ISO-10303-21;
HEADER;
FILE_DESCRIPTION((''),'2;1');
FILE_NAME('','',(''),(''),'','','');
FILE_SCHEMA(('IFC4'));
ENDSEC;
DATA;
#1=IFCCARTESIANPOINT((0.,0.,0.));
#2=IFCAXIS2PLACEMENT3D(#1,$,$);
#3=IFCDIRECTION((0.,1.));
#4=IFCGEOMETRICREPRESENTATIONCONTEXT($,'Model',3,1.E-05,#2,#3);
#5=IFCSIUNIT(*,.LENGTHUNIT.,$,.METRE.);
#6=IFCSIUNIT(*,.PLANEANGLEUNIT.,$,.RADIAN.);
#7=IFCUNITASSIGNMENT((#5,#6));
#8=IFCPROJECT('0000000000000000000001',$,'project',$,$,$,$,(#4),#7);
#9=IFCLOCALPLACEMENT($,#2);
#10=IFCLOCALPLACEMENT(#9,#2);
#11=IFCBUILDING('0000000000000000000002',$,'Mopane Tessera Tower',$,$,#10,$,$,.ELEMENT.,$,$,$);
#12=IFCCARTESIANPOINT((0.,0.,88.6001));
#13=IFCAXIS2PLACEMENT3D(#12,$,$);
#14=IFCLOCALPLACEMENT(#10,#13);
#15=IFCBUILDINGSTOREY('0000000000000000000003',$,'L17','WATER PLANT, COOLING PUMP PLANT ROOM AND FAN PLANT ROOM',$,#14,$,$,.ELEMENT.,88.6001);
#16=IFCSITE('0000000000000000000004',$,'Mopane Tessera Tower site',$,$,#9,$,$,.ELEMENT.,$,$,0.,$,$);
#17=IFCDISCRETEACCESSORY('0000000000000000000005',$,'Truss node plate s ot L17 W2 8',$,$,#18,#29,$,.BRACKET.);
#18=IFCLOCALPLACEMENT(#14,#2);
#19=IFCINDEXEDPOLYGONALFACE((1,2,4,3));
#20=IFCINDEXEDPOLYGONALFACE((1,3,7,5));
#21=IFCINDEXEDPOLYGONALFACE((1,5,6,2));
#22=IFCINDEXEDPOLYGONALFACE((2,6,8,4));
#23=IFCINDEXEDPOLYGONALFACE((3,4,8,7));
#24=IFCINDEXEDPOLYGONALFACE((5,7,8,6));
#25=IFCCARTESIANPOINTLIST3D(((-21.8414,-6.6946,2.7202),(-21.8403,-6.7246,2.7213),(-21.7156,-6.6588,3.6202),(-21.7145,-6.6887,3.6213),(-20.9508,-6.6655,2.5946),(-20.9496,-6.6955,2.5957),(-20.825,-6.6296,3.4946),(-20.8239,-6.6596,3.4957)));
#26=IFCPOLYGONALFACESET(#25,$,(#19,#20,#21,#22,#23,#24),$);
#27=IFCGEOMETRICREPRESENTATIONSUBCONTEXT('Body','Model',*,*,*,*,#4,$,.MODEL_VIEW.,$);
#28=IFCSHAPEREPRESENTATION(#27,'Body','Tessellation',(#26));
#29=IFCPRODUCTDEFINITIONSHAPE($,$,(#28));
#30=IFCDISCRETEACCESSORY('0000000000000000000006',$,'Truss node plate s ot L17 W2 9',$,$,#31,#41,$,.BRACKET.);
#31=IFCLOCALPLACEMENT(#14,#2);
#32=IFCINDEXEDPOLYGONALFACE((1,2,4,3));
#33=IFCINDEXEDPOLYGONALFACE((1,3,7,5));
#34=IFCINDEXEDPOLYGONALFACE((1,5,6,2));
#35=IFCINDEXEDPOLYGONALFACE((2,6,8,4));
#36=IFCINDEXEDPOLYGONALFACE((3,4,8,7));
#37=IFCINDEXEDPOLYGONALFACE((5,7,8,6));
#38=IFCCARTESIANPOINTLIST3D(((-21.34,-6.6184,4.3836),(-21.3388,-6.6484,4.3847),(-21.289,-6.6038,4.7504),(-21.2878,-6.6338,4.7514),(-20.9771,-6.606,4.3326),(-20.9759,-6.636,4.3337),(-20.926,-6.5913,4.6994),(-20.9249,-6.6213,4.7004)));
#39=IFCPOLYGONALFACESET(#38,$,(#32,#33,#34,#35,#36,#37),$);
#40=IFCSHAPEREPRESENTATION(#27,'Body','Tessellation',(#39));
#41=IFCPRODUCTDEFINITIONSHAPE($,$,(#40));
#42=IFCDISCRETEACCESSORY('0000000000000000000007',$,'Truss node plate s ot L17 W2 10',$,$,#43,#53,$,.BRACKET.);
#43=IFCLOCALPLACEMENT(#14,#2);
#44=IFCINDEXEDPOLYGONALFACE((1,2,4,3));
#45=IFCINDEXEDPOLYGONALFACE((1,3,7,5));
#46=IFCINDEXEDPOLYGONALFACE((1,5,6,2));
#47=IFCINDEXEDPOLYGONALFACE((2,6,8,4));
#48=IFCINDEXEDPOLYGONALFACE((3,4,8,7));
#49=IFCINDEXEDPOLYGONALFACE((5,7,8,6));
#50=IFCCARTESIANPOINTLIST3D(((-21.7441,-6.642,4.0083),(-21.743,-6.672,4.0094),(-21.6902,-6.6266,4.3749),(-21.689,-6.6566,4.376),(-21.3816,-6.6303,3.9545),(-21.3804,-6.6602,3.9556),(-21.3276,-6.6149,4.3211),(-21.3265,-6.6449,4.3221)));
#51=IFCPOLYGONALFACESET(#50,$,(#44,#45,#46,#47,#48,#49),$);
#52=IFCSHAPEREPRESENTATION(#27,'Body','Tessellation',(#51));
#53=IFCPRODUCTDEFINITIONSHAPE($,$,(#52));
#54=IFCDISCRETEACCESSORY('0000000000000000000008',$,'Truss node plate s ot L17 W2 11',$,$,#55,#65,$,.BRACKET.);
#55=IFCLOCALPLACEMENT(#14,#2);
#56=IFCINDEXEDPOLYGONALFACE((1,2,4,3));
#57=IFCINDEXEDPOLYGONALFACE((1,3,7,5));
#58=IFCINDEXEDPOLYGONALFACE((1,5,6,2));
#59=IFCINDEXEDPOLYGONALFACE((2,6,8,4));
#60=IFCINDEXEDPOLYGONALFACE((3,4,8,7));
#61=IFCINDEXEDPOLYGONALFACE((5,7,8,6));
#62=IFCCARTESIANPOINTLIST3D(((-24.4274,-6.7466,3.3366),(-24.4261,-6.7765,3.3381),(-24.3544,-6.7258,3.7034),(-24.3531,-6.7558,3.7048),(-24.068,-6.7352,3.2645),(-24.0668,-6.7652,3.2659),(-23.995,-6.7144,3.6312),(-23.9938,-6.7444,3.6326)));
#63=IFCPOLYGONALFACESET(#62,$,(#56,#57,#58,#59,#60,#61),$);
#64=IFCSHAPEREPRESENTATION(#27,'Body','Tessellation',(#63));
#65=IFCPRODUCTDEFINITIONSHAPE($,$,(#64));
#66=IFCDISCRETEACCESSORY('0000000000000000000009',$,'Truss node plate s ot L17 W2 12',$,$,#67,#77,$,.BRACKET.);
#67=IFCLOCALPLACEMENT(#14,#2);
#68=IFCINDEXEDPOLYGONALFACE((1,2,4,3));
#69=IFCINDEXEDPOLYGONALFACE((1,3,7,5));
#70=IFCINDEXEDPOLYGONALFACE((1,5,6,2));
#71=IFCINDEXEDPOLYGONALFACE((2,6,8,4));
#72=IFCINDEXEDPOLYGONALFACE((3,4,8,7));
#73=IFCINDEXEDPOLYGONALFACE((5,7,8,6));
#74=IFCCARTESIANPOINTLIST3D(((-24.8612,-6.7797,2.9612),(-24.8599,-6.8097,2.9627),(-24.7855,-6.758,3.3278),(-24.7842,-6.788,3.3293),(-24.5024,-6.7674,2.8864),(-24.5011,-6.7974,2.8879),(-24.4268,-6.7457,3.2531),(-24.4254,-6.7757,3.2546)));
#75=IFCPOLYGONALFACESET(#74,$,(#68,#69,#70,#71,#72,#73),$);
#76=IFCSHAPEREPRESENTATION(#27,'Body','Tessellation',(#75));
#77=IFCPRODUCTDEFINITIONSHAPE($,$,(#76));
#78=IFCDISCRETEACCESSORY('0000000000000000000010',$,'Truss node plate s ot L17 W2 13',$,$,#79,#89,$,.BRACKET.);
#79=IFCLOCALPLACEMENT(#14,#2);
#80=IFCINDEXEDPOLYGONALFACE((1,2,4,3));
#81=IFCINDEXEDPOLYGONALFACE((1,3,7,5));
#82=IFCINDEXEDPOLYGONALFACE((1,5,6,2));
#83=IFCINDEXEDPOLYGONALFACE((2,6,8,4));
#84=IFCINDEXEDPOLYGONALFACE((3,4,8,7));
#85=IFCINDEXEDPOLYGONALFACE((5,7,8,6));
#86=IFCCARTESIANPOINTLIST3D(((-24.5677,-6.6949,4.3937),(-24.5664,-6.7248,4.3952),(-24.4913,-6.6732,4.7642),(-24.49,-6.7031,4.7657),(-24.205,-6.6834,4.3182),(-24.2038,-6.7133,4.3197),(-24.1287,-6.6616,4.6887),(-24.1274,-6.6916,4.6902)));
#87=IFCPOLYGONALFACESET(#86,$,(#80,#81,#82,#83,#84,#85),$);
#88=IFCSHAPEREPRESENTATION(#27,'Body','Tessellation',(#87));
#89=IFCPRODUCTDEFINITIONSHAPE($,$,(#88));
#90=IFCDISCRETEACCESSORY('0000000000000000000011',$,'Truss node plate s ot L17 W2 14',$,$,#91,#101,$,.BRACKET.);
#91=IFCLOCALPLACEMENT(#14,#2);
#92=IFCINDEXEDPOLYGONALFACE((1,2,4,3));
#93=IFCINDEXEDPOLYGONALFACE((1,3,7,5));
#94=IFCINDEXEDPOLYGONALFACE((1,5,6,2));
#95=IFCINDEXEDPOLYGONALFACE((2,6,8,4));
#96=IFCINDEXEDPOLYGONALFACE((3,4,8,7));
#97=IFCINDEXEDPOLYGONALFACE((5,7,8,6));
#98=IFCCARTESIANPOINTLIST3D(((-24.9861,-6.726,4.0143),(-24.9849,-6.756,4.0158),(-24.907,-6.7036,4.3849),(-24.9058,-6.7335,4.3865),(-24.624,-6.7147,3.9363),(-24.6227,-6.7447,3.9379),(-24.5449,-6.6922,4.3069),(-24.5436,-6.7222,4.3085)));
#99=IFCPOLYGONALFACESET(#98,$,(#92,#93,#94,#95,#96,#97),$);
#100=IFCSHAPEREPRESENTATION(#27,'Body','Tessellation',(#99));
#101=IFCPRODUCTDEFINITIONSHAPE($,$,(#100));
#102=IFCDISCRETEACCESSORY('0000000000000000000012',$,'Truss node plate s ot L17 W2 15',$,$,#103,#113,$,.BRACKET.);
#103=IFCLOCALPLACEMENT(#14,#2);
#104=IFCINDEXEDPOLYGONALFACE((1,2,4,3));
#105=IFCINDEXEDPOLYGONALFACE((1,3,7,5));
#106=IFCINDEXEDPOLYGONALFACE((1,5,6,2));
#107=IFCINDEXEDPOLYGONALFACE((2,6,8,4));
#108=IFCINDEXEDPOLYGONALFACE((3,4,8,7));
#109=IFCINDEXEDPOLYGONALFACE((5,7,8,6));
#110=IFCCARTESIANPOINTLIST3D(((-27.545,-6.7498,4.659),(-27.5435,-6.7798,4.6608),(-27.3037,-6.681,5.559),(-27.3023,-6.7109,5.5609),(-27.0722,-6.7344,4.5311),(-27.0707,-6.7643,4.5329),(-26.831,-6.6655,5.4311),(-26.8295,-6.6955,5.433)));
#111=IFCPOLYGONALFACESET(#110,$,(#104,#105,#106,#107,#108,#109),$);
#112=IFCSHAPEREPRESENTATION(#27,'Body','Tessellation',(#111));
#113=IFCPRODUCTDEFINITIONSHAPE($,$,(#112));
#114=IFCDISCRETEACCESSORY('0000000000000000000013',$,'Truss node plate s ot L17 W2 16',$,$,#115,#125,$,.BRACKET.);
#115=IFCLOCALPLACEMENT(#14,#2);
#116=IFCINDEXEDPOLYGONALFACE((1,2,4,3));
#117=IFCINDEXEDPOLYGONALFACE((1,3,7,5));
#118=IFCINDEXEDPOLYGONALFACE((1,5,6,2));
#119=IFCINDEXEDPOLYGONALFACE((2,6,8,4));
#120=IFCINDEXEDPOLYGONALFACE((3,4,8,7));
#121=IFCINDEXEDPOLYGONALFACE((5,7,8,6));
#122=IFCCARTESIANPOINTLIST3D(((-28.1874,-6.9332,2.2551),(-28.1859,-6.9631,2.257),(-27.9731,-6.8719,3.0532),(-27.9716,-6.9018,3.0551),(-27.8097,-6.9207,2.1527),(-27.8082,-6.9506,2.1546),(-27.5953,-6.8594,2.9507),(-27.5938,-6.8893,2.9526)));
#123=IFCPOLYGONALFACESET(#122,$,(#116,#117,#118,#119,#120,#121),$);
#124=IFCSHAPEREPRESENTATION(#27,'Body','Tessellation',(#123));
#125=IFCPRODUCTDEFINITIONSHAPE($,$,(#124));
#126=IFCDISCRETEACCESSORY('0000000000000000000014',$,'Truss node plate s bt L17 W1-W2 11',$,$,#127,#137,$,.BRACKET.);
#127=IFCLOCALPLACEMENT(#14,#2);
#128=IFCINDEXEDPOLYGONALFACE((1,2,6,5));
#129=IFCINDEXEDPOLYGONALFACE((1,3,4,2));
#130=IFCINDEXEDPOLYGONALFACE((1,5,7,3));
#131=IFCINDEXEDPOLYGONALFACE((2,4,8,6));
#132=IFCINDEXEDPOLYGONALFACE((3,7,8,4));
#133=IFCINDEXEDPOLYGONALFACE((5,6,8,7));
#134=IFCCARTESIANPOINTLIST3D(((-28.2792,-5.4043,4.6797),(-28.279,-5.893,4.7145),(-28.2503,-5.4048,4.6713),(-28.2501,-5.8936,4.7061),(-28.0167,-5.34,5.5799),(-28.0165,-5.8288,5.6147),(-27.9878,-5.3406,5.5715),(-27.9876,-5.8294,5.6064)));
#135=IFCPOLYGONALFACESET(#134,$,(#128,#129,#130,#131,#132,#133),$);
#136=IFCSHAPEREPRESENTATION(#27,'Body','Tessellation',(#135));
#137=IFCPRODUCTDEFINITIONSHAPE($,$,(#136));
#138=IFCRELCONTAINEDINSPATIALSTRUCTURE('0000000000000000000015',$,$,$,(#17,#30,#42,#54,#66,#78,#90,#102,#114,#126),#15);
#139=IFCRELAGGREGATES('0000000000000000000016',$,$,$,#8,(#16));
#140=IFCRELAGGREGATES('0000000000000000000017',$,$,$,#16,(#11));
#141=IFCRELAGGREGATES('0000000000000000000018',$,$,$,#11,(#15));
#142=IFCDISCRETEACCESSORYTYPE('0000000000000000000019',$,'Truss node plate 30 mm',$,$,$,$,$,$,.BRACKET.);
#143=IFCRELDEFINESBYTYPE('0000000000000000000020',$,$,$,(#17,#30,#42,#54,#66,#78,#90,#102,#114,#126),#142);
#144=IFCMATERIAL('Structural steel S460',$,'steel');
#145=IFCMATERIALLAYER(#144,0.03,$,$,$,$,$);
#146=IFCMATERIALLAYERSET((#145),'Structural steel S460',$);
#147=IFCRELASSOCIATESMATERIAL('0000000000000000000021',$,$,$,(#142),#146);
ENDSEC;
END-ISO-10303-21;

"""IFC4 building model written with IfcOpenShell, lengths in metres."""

from ifc_helpers import new_model, si_unit, direction, frame, origin, origin_2d, place, context, subcontext, project, spatial, rectangle, extrude, material, layer, layer_set, type_object, element, save


model = new_model("IFC4")

# Units and contexts
model_context = context("Model", 3, precision=1e-05, world=origin(), true_north=direction((0.0, 1.0)))
body_context = subcontext(model_context, "Body", "Model", "MODEL_VIEW")
ifc_project = project(units=[si_unit("LENGTHUNIT", "METRE"), si_unit("PLANEANGLEUNIT", "RADIAN")], contexts=[model_context])

# Site, building, storey
site_placement = place(None, origin())
site = spatial("IfcSite", under=ifc_project, at=site_placement, Name="Mopane Tessera Tower site", CompositionType="ELEMENT", RefElevation=0.0)
building_placement = place(site_placement, origin())
building = spatial("IfcBuilding", under=site, at=building_placement, Name="Mopane Tessera Tower", CompositionType="ELEMENT")
storey_placement = place(building_placement, frame((0.0, 0.0, 88.6001)))
storey = spatial("IfcBuildingStorey", under=building, at=storey_placement, Name="L17", Description="WATER PLANT, COOLING PUMP PLANT ROOM AND FAN PLANT ROOM", CompositionType="ELEMENT", Elevation=88.6001)

# Discrete accessories
ifc_material_1 = material(Name="Structural steel S460", Category="steel")
ifc_layer_1 = layer(ifc_material_1, 0.03)
ifc_layer_set_1 = layer_set([ifc_layer_1], Name="Structural steel S460")
discrete_accessory_type = type_object("IfcDiscreteAccessoryType", Name="Truss node plate 30 mm", PredefinedType="BRACKET", material=ifc_layer_set_1)
discrete_accessory_1_placement = place(storey_placement, frame((-21.3955, -6.6951, 2.658), z_axis=(0.138266, 0.039466, 0.989608), x_axis=(0.037565, -0.998696, 0.03458)))
element("IfcDiscreteAccessory", 1, at=discrete_accessory_1_placement, inside=storey, type_object=discrete_accessory_type, Name="Truss node plate s ot L17 W2 8", PredefinedType="BRACKET", context=body_context, shape_type="SweptSolid", body=[
    extrude(rectangle(XDim=0.03, YDim=0.8999, at=origin_2d()), origin(), (0.0, 0.0, 1.0), 0.9094),
])
discrete_accessory_2_placement = place(storey_placement, frame((-21.158, -6.6272, 4.3586), z_axis=(0.137712, 0.039535, 0.989683), x_axis=(0.039065, -0.998642, 0.034457)))
element("IfcDiscreteAccessory", 2, at=discrete_accessory_2_placement, inside=storey, type_object=discrete_accessory_type, Name="Truss node plate s ot L17 W2 9", PredefinedType="BRACKET", context=body_context, shape_type="SweptSolid", body=[
    extrude(rectangle(XDim=0.03, YDim=0.3667, at=origin_2d()), origin(), (0.0, 0.0, 1.0), 0.3706),
])
discrete_accessory_3_placement = place(storey_placement, frame((-21.5623, -6.6511, 3.9819), z_axis=(0.145445, 0.041462, 0.988497), x_axis=(0.037733, -0.998627, 0.036335)))
element("IfcDiscreteAccessory", 3, at=discrete_accessory_3_placement, inside=storey, type_object=discrete_accessory_type, Name="Truss node plate s ot L17 W2 10", PredefinedType="BRACKET", context=body_context, shape_type="SweptSolid", body=[
    extrude(rectangle(XDim=0.03, YDim=0.3667, at=origin_2d()), origin(), (0.0, 0.0, 1.0), 0.3708),
])
discrete_accessory_4_placement = place(storey_placement, frame((-24.2471, -6.7559, 3.3013), z_axis=(0.194937, 0.055417, 0.979249), x_axis=(0.041295, -0.997981, 0.048256)))
element("IfcDiscreteAccessory", 4, at=discrete_accessory_4_placement, inside=storey, type_object=discrete_accessory_type, Name="Truss node plate s ot L17 W2 11", PredefinedType="BRACKET", context=body_context, shape_type="SweptSolid", body=[
    extrude(rectangle(XDim=0.03, YDim=0.3667, at=origin_2d()), origin(), (0.0, 0.0, 1.0), 0.3745),
])
discrete_accessory_5_placement = place(storey_placement, frame((-24.6812, -6.7886, 2.9246), z_axis=(0.201792, 0.057934, 0.977714), x_axis=(0.044586, -0.997758, 0.049919)))
element("IfcDiscreteAccessory", 5, at=discrete_accessory_5_placement, inside=storey, type_object=discrete_accessory_type, Name="Truss node plate s ot L17 W2 12", PredefinedType="BRACKET", context=body_context, shape_type="SweptSolid", body=[
    extrude(rectangle(XDim=0.03, YDim=0.3667, at=origin_2d()), origin(), (0.0, 0.0, 1.0), 0.375),
])
discrete_accessory_6_placement = place(storey_placement, frame((-24.3857, -6.7041, 4.3567), z_axis=(0.201612, 0.057327, 0.977786), x_axis=(0.042031, -0.997873, 0.049839)))
element("IfcDiscreteAccessory", 6, at=discrete_accessory_6_placement, inside=storey, type_object=discrete_accessory_type, Name="Truss node plate s ot L17 W2 13", PredefinedType="BRACKET", context=body_context, shape_type="SweptSolid", body=[
    extrude(rectangle(XDim=0.03, YDim=0.3706, at=origin_2d()), origin(), (0.0, 0.0, 1.0), 0.3789),
])
discrete_accessory_7_placement = place(storey_placement, frame((-24.8044, -6.7354, 3.9761), z_axis=(0.208371, 0.059167, 0.976258), x_axis=(0.042356, -0.997778, 0.051431)))
element("IfcDiscreteAccessory", 7, at=discrete_accessory_7_placement, inside=storey, type_object=discrete_accessory_type, Name="Truss node plate s ot L17 W2 14", PredefinedType="BRACKET", context=body_context, shape_type="SweptSolid", body=[
    extrude(rectangle(XDim=0.03, YDim=0.3706, at=origin_2d()), origin(), (0.0, 0.0, 1.0), 0.3796),
])
discrete_accessory_8_placement = place(storey_placement, frame((-27.3079, -6.7571, 4.5959), z_axis=(0.258198, 0.073696, 0.963277), x_axis=(0.049641, -0.996781, 0.062954)))
element("IfcDiscreteAccessory", 8, at=discrete_accessory_8_placement, inside=storey, type_object=discrete_accessory_type, Name="Truss node plate s ot L17 W2 15", PredefinedType="BRACKET", context=body_context, shape_type="SweptSolid", body=[
    extrude(rectangle(XDim=0.03, YDim=0.49, at=origin_2d()), origin(), (0.0, 0.0, 1.0), 0.9343),
])
discrete_accessory_9_placement = place(storey_placement, frame((-27.9978, -6.9419, 2.2048), z_axis=(0.25868, 0.073951, 0.963128), x_axis=(0.050149, -0.996749, 0.063063)))
element("IfcDiscreteAccessory", 9, at=discrete_accessory_9_placement, inside=storey, type_object=discrete_accessory_type, Name="Truss node plate s ot L17 W2 16", PredefinedType="BRACKET", context=body_context, shape_type="SweptSolid", body=[
    extrude(rectangle(XDim=0.03, YDim=0.3916, at=origin_2d()), origin(), (0.0, 0.0, 1.0), 0.8286),
])
discrete_accessory_10_placement = place(storey_placement, frame((-28.2646, -5.6489, 4.6929), z_axis=(0.279256, 0.06832, 0.957783), x_axis=(0.960217, -0.019442, -0.278579)))
element("IfcDiscreteAccessory", 10, at=discrete_accessory_10_placement, inside=storey, type_object=discrete_accessory_type, Name="Truss node plate s bt L17 W1-W2 11", PredefinedType="BRACKET", context=body_context, shape_type="SweptSolid", body=[
    extrude(rectangle(XDim=0.03, YDim=0.49, at=origin_2d()), origin(), (0.0, 0.0, 1.0), 0.9399),
])

save(model, "model.ifc")
